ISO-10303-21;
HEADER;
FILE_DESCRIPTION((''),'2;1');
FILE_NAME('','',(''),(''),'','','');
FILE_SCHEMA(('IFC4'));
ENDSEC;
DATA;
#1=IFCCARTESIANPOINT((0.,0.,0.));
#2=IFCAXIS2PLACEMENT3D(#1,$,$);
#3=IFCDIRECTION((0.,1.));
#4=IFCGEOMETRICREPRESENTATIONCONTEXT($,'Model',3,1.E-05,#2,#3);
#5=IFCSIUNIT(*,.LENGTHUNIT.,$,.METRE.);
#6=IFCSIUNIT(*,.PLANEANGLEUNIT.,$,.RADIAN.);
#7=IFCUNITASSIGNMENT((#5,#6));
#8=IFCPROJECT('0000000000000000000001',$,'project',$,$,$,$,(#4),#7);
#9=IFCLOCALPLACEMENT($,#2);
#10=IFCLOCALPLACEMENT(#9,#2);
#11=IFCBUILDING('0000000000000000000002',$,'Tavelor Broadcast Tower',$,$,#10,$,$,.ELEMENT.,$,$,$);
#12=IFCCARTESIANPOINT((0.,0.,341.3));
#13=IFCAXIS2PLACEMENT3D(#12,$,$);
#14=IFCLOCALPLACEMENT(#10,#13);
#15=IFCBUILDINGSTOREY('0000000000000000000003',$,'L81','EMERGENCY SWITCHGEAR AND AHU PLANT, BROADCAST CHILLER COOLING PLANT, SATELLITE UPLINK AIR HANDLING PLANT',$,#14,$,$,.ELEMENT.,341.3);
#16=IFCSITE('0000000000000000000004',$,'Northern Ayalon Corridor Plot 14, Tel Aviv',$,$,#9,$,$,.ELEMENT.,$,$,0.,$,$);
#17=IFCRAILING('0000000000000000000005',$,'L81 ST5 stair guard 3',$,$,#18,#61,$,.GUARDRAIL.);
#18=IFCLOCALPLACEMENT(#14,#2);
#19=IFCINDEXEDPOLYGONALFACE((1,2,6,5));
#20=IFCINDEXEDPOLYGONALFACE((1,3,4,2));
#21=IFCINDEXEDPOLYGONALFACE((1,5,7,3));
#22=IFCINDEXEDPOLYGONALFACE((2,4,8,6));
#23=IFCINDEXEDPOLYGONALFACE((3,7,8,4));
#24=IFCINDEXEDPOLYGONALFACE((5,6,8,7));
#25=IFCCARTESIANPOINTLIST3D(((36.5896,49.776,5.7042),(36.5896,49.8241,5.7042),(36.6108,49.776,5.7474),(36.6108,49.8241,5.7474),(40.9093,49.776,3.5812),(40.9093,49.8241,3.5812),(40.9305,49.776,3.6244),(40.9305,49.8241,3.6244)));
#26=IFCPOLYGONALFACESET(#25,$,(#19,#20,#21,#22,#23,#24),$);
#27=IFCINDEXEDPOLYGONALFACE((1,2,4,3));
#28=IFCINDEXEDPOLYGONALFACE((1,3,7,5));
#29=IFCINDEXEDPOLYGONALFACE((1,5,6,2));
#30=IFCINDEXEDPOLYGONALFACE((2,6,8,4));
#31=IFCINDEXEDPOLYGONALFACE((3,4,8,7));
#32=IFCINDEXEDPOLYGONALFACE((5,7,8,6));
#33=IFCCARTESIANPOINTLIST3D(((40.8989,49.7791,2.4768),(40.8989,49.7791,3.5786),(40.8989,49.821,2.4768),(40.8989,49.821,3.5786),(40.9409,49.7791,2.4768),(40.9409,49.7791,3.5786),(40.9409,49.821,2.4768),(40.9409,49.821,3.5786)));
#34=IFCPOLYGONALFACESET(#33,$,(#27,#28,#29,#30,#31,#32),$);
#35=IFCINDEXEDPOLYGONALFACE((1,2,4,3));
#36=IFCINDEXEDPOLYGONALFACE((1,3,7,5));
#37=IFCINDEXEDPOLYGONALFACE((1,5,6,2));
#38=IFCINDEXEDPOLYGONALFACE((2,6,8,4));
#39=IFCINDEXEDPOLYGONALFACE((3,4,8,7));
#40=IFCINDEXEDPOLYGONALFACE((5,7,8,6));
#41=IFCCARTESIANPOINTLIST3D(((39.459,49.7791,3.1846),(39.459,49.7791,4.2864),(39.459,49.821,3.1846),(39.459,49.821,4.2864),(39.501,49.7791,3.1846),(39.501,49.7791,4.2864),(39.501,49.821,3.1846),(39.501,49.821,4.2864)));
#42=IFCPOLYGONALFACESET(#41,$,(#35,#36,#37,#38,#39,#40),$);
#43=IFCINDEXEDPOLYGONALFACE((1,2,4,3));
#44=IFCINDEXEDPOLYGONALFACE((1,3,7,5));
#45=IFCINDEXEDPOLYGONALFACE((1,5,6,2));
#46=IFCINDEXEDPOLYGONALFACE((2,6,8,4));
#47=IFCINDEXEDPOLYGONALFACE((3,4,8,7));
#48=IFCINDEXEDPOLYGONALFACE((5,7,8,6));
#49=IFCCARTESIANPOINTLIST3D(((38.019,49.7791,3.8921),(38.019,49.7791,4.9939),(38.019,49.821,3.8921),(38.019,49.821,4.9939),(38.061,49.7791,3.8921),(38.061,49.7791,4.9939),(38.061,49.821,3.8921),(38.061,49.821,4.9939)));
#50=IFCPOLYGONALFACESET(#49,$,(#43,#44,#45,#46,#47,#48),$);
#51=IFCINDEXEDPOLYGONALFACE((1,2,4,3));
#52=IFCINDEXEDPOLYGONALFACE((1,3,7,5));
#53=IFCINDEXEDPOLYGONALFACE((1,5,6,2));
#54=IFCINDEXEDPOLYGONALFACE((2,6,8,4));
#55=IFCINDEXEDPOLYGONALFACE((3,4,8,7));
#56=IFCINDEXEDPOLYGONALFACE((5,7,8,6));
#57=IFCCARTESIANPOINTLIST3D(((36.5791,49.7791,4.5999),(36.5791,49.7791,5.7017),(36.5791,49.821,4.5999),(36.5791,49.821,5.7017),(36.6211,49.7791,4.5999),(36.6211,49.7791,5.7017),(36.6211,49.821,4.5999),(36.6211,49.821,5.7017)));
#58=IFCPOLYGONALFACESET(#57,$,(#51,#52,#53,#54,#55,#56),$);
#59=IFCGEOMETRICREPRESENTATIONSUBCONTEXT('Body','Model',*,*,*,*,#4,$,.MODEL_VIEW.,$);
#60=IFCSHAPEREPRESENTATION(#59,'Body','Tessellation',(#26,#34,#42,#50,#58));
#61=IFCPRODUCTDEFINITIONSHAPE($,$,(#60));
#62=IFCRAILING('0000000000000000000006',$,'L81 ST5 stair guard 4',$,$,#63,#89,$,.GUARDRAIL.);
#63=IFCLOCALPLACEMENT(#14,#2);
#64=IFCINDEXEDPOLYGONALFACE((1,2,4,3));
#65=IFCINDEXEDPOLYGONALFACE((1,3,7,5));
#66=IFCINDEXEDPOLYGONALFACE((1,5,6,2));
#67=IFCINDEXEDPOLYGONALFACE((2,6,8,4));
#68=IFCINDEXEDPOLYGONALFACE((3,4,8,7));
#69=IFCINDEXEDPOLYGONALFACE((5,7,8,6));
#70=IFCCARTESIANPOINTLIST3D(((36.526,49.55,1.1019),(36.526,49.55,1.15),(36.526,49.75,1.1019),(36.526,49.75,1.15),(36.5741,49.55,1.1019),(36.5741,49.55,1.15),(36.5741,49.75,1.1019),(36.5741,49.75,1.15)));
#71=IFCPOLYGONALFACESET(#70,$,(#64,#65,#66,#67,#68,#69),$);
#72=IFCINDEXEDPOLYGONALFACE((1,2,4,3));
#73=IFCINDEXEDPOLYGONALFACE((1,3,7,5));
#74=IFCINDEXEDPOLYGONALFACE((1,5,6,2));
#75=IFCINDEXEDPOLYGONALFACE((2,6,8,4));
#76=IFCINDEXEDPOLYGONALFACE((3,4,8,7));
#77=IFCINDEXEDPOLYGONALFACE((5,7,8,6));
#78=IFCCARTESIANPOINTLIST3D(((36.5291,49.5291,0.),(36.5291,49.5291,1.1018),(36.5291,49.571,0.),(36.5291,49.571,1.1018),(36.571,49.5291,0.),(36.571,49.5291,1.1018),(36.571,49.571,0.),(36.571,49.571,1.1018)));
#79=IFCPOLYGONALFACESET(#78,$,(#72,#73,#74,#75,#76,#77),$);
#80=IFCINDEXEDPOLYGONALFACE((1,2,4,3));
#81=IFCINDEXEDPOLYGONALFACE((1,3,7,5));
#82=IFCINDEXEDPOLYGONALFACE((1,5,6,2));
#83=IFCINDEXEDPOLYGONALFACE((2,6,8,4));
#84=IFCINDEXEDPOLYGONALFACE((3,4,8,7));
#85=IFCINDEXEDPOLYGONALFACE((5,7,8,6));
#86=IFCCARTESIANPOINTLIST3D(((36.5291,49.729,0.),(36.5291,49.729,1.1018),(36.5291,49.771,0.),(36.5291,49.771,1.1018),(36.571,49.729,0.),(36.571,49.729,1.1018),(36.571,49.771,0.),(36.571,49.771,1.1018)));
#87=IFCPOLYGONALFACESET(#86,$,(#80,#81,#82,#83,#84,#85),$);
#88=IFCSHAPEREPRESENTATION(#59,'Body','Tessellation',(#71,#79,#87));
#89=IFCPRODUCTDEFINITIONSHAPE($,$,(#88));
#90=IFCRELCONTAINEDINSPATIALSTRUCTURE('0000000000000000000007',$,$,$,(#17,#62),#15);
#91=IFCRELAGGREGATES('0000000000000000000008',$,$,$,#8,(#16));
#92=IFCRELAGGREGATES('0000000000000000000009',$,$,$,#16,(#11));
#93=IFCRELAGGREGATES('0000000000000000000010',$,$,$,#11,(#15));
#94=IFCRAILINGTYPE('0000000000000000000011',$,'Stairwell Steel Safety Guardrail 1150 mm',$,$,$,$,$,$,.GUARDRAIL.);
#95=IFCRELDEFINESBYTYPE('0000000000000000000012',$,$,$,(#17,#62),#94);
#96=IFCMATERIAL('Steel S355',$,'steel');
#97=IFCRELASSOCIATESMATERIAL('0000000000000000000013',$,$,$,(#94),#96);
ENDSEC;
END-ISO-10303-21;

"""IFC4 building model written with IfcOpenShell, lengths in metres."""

from ifc_helpers import new_model, si_unit, direction, frame, origin, origin_2d, place, context, subcontext, project, spatial, rectangle, extrude, material, type_object, element, save


model = new_model("IFC4")

# Units and contexts
model_context = context("Model", 3, precision=1e-05, world=origin(), true_north=direction((0.0, 1.0)))
body_context = subcontext(model_context, "Body", "Model", "MODEL_VIEW")
ifc_project = project(units=[si_unit("LENGTHUNIT", "METRE"), si_unit("PLANEANGLEUNIT", "RADIAN")], contexts=[model_context])

# Site, building, storey
site_placement = place(None, origin())
site = spatial("IfcSite", under=ifc_project, at=site_placement, Name="Northern Ayalon Corridor Plot 14, Tel Aviv", CompositionType="ELEMENT", RefElevation=0.0)
building_placement = place(site_placement, origin())
building = spatial("IfcBuilding", under=site, at=building_placement, Name="Tavelor Broadcast Tower", CompositionType="ELEMENT")
storey_placement = place(building_placement, frame((0.0, 0.0, 341.3)))
storey = spatial("IfcBuildingStorey", under=building, at=storey_placement, Name="L81", Description="EMERGENCY SWITCHGEAR AND AHU PLANT, BROADCAST CHILLER COOLING PLANT, SATELLITE UPLINK AIR HANDLING PLANT", CompositionType="ELEMENT", Elevation=341.3)

# Shared definitions
ifc_material_1 = material(Name="Steel S355", Category="steel")

# Railings
railing_type_1 = type_object("IfcRailingType", Name="Stairwell Steel Safety Guardrail 1150 mm", PredefinedType="GUARDRAIL", material=ifc_material_1)
railing_1_placement = place(storey_placement, frame((40.9199, 49.8, 2.4768)))
element("IfcRailing", 1, at=railing_1_placement, inside=storey, type_object=railing_type_1, Name="L81 ST5 stair guard 3", PredefinedType="GUARDRAIL", context=body_context, shape_type="SweptSolid", body=[
    extrude(rectangle(XDim=0.0481, YDim=0.0481, at=origin_2d()), frame((0.0, 0.0, 1.126), z_axis=(-0.89747, 0.0, 0.441076), x_axis=(0.0, -1.0, 0.0)), (0.0, 0.0, 1.0), 4.8132),
    extrude(rectangle(XDim=0.042, YDim=0.042, at=origin_2d()), origin(), (0.0, 0.0, 1.0), 1.1018),
    extrude(rectangle(XDim=0.042, YDim=0.042, at=origin_2d()), frame((-1.4399, 0.0, 0.7078)), (0.0, 0.0, 1.0), 1.1018),
    extrude(rectangle(XDim=0.042, YDim=0.042, at=origin_2d()), frame((-2.8799, 0.0, 1.4153)), (0.0, 0.0, 1.0), 1.1018),
    extrude(rectangle(XDim=0.042, YDim=0.042, at=origin_2d()), frame((-4.3198, 0.0, 2.123)), (0.0, 0.0, 1.0), 1.1018),
])
railing_2_placement = place(storey_placement, frame((36.55, 49.55, 0.0)))
element("IfcRailing", 2, at=railing_2_placement, inside=storey, type_object=railing_type_1, Name="L81 ST5 stair guard 4", PredefinedType="GUARDRAIL", context=body_context, shape_type="SweptSolid", body=[
    extrude(rectangle(XDim=0.0481, YDim=0.0481, at=origin_2d()), frame((0.0, 0.0, 1.126), z_axis=(0.0, 1.0, 0.0), x_axis=(-1.0, 0.0, 0.0)), (0.0, 0.0, 1.0), 0.2),
    extrude(rectangle(XDim=0.042, YDim=0.042, at=origin_2d()), origin(), (0.0, 0.0, 1.0), 1.1018),
    extrude(rectangle(XDim=0.042, YDim=0.042, at=origin_2d()), frame((0.0, 0.2, 0.0)), (0.0, 0.0, 1.0), 1.1018),
])

save(model, "model.ifc")
